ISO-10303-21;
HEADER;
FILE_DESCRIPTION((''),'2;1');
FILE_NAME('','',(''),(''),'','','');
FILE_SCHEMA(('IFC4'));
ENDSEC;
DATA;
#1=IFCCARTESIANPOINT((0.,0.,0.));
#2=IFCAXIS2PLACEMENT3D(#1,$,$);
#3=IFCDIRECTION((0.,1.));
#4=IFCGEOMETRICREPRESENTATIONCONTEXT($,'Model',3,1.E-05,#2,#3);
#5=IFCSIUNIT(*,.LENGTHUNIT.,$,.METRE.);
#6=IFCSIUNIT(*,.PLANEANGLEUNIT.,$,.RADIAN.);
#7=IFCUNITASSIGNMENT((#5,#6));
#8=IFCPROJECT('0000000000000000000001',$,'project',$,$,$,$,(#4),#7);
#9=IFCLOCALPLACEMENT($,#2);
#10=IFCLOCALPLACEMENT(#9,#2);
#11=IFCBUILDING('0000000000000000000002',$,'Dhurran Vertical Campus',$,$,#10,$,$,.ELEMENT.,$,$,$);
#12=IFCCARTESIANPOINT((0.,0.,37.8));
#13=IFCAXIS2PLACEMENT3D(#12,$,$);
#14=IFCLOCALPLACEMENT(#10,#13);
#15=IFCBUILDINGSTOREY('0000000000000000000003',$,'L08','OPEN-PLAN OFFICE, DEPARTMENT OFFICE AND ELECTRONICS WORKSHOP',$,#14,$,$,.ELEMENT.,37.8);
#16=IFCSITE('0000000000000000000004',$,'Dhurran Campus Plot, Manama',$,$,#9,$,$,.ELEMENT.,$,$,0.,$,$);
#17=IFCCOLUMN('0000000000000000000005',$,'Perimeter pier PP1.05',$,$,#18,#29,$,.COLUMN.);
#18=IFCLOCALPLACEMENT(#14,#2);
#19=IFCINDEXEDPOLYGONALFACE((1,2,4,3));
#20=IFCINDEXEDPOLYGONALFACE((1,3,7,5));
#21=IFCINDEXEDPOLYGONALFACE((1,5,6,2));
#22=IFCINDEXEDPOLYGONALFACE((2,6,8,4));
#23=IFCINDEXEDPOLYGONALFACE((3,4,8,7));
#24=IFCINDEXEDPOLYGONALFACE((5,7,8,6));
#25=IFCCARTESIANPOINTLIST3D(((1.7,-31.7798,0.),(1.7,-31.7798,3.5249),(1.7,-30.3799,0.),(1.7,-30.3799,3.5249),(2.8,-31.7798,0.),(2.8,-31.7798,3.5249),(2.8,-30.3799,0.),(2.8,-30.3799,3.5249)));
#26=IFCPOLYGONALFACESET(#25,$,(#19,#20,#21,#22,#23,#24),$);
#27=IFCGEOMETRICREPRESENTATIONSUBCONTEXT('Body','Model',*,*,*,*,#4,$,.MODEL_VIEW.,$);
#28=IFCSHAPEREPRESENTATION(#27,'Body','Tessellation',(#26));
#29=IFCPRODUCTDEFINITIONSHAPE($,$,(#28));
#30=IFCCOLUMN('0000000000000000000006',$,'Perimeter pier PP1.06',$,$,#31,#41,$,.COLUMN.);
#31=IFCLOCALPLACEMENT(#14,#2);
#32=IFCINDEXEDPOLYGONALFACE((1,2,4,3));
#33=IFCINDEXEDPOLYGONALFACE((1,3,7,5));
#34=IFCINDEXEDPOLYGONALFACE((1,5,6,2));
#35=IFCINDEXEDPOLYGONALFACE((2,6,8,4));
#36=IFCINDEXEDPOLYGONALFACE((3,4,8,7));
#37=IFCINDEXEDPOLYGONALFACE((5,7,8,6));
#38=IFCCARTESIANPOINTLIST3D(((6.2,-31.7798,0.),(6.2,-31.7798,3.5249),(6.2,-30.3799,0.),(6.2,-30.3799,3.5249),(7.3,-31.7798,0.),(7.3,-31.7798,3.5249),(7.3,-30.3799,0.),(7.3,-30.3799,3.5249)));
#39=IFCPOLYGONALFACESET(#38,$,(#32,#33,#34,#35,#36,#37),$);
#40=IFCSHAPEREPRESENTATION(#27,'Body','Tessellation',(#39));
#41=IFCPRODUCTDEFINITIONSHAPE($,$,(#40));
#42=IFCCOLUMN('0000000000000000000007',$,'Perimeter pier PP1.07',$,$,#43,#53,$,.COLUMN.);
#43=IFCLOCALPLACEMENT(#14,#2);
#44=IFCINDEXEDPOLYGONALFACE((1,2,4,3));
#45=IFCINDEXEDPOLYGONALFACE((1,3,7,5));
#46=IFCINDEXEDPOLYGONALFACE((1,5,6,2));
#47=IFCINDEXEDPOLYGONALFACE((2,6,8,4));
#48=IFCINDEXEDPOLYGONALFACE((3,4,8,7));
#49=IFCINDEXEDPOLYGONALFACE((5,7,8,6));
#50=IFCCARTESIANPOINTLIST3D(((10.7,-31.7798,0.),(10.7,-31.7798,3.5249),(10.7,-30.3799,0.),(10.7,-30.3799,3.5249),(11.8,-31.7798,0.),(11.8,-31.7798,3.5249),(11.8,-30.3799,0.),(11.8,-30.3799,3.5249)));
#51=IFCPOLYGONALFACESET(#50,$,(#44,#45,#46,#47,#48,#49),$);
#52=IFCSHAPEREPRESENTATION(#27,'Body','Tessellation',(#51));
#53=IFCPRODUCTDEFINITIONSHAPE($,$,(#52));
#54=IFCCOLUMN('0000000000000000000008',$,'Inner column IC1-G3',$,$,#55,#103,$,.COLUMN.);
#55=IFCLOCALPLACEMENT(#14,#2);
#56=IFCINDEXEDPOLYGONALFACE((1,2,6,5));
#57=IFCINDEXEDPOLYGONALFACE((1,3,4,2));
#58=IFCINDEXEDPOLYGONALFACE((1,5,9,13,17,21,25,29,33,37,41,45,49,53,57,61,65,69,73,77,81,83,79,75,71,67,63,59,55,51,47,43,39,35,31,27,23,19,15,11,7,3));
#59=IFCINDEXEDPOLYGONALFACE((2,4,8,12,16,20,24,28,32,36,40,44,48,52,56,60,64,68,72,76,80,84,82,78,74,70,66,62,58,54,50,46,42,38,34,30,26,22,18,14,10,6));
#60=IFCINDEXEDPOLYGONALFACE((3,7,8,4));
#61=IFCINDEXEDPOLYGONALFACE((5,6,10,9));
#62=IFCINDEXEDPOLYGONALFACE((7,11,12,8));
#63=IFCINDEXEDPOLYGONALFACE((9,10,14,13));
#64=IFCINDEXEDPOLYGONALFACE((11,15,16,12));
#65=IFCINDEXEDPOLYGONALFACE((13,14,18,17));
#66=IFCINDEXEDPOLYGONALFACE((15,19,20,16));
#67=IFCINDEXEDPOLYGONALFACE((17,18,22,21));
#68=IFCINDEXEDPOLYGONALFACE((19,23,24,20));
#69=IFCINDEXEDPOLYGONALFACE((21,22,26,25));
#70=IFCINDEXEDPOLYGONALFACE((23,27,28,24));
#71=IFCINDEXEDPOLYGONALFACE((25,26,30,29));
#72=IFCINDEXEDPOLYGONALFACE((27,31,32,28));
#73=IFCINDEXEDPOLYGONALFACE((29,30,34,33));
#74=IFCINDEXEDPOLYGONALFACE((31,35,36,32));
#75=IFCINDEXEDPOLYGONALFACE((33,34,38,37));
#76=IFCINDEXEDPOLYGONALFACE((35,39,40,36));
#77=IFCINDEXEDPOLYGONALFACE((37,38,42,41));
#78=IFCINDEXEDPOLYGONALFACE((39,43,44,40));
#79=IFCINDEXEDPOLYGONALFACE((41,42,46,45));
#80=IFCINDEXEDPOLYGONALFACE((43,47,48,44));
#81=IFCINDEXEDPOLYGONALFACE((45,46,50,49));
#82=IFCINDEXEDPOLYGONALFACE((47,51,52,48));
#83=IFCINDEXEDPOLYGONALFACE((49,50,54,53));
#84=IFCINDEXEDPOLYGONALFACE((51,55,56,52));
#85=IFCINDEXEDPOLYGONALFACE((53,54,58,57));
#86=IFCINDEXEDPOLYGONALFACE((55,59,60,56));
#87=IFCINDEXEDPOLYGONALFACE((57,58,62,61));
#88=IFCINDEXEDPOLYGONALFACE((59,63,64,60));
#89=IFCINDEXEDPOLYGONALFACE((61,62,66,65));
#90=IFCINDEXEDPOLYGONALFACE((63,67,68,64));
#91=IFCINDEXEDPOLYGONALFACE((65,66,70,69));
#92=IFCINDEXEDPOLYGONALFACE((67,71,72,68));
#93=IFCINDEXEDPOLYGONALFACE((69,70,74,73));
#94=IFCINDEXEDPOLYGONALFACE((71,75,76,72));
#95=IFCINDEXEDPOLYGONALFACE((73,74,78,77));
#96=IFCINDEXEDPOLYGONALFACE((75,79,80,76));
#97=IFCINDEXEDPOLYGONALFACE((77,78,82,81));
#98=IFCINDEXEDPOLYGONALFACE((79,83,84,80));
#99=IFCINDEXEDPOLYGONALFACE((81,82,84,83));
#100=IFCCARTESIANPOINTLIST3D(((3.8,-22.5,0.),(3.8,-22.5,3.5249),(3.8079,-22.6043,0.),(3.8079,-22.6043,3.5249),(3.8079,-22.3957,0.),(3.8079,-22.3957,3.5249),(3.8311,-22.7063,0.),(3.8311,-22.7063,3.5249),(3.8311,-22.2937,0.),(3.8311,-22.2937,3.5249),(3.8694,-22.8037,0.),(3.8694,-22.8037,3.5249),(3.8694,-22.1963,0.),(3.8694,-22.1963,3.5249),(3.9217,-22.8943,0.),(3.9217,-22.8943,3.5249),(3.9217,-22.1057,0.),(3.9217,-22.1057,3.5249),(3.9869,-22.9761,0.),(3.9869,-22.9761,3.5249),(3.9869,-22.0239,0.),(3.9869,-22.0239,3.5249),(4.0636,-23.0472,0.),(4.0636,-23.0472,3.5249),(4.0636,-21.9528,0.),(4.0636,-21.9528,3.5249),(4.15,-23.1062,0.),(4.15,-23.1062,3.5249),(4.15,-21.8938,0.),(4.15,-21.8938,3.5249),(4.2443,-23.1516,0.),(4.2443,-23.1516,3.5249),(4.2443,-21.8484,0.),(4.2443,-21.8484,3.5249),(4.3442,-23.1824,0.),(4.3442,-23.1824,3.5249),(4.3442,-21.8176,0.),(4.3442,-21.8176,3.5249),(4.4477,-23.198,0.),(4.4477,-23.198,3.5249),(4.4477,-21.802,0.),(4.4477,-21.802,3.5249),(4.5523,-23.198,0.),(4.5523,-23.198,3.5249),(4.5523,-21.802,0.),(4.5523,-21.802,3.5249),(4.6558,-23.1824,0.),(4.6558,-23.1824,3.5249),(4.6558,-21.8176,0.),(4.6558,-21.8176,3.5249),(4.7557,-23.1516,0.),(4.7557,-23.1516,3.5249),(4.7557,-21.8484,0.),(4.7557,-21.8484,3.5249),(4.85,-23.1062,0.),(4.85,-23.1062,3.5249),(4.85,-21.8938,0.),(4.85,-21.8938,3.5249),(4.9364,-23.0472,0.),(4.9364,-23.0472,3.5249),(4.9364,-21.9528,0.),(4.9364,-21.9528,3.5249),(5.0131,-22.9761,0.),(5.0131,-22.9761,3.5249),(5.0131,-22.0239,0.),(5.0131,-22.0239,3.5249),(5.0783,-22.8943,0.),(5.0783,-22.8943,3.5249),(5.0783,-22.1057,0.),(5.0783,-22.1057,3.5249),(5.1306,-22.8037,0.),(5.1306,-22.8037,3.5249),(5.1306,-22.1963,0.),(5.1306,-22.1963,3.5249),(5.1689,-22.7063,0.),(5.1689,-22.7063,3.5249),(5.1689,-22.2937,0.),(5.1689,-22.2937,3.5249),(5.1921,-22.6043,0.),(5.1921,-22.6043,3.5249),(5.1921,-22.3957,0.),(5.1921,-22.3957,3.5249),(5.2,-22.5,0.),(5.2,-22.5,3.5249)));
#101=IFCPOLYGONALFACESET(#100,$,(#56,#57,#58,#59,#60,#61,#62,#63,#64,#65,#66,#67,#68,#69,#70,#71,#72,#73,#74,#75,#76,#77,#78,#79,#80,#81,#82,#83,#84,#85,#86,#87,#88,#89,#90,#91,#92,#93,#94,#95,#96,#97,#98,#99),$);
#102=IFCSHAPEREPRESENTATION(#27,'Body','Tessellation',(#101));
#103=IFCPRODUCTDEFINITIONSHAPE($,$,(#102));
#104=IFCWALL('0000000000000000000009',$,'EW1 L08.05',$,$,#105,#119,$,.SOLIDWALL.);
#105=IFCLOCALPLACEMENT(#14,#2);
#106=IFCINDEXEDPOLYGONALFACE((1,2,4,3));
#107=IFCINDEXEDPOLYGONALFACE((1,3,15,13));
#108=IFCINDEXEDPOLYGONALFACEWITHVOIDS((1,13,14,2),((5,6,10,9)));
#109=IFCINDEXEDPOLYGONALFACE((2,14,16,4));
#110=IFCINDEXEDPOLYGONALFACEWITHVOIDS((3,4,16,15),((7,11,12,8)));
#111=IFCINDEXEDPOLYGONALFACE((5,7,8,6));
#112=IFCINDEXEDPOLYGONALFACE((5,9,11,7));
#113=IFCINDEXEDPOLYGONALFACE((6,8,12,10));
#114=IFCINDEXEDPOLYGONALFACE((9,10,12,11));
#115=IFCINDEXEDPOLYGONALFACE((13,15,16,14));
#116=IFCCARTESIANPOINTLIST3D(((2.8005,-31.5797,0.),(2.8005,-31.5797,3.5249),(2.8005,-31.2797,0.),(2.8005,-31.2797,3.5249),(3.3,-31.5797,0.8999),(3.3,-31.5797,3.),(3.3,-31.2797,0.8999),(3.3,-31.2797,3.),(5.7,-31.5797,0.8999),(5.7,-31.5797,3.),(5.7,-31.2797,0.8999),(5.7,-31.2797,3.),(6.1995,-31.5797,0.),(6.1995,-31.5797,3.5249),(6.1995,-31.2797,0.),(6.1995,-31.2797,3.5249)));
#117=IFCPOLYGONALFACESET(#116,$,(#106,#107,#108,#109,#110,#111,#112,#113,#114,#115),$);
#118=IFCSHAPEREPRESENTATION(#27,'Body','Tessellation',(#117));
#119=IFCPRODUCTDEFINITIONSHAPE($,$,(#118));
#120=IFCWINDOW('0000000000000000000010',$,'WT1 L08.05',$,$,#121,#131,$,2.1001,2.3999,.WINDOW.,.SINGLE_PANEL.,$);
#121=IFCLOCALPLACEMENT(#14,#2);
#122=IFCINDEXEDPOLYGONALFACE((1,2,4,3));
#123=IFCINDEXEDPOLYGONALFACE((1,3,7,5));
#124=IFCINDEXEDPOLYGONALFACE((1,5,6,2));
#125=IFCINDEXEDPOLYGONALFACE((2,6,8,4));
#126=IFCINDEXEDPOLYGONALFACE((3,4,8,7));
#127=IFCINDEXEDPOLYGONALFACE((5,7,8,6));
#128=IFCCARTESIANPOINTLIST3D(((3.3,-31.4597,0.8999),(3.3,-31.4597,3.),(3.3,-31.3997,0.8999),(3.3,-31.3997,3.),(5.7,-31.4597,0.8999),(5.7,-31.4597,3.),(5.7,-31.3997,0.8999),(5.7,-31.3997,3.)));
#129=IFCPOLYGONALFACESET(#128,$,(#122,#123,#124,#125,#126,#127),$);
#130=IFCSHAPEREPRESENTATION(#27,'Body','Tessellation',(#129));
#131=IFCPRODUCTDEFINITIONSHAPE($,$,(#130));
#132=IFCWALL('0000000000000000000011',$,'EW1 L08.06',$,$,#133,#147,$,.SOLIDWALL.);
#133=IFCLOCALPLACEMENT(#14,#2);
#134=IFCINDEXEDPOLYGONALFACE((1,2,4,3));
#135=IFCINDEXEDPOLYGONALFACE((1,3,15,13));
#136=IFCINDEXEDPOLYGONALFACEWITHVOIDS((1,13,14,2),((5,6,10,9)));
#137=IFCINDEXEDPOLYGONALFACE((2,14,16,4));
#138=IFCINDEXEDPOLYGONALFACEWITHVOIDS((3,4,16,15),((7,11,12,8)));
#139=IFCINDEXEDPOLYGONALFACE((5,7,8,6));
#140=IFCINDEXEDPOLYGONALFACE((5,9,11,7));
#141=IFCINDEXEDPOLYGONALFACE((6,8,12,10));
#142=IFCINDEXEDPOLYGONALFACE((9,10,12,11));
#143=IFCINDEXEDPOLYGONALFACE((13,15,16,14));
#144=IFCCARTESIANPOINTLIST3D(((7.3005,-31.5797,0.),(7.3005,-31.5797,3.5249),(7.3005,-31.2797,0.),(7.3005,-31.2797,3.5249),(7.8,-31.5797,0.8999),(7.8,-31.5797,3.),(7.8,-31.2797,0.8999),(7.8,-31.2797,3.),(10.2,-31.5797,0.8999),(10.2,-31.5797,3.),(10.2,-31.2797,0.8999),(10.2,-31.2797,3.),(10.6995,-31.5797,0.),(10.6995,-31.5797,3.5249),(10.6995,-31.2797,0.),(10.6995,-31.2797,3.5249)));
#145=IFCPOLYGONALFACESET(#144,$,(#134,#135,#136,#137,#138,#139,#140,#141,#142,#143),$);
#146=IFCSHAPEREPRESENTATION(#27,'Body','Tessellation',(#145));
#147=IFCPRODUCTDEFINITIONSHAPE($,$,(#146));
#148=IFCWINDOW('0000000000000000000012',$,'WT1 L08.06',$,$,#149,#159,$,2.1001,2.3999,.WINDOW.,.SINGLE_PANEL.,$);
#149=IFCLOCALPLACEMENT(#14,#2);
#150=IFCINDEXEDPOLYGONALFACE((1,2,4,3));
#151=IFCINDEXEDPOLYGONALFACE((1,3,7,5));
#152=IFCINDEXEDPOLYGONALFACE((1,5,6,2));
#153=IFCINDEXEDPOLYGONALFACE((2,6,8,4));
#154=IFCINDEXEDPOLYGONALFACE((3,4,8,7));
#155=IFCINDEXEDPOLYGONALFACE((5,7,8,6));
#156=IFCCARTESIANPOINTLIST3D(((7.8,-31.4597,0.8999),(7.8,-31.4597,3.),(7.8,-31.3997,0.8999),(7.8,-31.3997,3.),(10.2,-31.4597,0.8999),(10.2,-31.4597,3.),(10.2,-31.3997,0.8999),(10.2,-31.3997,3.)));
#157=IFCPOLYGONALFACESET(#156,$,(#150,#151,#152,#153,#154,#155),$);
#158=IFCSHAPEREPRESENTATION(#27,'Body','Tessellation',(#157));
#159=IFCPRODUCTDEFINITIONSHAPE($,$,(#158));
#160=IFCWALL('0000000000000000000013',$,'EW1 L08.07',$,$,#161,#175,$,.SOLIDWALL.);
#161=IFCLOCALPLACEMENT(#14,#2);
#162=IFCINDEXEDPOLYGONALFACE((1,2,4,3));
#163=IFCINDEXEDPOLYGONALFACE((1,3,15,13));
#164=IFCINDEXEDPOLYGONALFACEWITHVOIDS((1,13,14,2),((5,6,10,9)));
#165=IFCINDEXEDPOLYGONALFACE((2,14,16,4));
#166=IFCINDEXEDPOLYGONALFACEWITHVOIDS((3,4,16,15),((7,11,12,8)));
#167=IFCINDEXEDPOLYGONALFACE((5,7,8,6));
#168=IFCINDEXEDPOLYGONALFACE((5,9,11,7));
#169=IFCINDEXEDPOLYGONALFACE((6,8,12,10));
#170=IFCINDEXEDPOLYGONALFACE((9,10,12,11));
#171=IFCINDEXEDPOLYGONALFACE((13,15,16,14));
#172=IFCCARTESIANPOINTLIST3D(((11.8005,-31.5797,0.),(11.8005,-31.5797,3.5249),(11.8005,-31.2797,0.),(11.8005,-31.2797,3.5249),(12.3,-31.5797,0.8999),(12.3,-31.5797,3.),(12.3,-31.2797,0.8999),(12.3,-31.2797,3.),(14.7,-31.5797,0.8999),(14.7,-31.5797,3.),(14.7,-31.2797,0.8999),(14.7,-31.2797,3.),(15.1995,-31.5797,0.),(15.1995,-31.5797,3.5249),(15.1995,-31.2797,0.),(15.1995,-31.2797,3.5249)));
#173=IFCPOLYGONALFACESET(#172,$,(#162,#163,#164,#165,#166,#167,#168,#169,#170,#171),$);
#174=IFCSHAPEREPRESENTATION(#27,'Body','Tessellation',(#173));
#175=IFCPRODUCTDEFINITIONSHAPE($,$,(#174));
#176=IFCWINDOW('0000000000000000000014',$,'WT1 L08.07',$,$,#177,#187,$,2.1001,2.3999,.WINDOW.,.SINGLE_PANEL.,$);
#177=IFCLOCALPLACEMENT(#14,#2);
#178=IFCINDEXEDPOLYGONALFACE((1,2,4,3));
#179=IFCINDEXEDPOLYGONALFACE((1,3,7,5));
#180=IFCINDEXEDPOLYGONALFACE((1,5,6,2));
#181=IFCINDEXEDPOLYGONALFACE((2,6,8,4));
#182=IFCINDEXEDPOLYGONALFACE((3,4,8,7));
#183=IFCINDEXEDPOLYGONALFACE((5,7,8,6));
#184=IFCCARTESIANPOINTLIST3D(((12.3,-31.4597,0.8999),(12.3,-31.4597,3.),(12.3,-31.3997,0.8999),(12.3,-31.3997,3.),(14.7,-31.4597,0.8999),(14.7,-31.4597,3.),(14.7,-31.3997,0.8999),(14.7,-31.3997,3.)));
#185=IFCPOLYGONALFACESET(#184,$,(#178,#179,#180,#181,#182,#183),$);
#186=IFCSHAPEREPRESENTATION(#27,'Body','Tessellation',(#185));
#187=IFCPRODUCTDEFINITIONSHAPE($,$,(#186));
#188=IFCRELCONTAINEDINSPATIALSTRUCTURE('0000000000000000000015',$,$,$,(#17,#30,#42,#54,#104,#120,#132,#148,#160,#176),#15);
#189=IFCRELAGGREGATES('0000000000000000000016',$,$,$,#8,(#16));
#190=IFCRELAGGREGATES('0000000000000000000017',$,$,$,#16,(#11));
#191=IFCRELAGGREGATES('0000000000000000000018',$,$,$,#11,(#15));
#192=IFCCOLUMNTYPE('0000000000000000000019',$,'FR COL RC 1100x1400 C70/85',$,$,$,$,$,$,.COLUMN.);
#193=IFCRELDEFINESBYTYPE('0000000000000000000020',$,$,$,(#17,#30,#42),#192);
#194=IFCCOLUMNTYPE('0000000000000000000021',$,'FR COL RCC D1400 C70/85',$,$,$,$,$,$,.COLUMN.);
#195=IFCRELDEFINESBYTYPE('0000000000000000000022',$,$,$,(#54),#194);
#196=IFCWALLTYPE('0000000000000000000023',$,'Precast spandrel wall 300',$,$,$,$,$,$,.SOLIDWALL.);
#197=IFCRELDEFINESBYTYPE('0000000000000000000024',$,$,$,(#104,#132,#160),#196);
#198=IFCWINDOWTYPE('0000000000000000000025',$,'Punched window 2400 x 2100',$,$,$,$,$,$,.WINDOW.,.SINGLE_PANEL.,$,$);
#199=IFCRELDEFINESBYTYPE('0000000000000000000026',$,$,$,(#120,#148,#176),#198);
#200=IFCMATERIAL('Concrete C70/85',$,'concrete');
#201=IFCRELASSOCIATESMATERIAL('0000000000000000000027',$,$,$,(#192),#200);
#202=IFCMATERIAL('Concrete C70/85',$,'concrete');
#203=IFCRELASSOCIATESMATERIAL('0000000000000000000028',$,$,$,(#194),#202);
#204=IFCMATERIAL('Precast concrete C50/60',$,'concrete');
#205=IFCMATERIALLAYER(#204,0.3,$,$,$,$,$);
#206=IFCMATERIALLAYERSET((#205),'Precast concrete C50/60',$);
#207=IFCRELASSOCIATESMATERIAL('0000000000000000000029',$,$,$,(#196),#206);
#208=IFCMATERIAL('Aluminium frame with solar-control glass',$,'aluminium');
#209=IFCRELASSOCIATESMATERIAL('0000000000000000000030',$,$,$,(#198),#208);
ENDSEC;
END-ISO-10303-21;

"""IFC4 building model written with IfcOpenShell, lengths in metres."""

from ifc_helpers import new_model, si_unit, direction, frame, frame_2d, origin, origin_2d, place, context, subcontext, project, spatial, rectangle, circle, extrude, material, layer, layer_set, material_profile, profile_set, type_object, element, fill, save


model = new_model("IFC4")

# Units and contexts
model_context = context("Model", 3, precision=1e-05, world=origin(), true_north=direction((0.0, 1.0)))
body_context = subcontext(model_context, "Body", "Model", "MODEL_VIEW")
ifc_project = project(units=[si_unit("LENGTHUNIT", "METRE"), si_unit("PLANEANGLEUNIT", "RADIAN")], contexts=[model_context])

# Site, building, storey
site_placement = place(None, origin())
site = spatial("IfcSite", under=ifc_project, at=site_placement, Name="Dhurran Campus Plot, Manama", CompositionType="ELEMENT", RefElevation=0.0)
building_placement = place(site_placement, origin())
building = spatial("IfcBuilding", under=site, at=building_placement, Name="Dhurran Vertical Campus", CompositionType="ELEMENT")
storey_placement = place(building_placement, frame((0.0, 0.0, 37.8)))
storey = spatial("IfcBuildingStorey", under=building, at=storey_placement, Name="L08", Description="OPEN-PLAN OFFICE, DEPARTMENT OFFICE AND ELECTRONICS WORKSHOP", CompositionType="ELEMENT", Elevation=37.8)

# Columns
ifc_material_1 = material(Name="Concrete C70/85", Category="concrete")
ifc_material_profile_1 = material_profile(ifc_material_1, rectangle(XDim=1.1001, YDim=1.3999, at=origin_2d()), Name="RC 1100x1400")
ifc_profile_set_1 = profile_set([ifc_material_profile_1], Name="Concrete C70/85")
column_type_1 = type_object("IfcColumnType", Name="FR COL RC 1100x1400 C70/85", PredefinedType="COLUMN", material=ifc_profile_set_1)
for number, where, z_axis, x_axis, name in (
    (1, (2.25, -31.0798, 0.0), (0.0, 0.0, 1.0), (1.0, 0.0, 0.0), "Perimeter pier PP1.05"),
    (2, (6.75, -31.0798, 0.0), (0.0, 0.0, 1.0), (1.0, 0.0, 0.0), "Perimeter pier PP1.06"),
    (3, (11.25, -31.0798, 0.0), (0.0, 0.0, 1.0), (1.0, 0.0, 0.0), "Perimeter pier PP1.07"),
):
    element("IfcColumn", number, at=place(storey_placement, frame(where, z_axis=z_axis, x_axis=x_axis)), inside=storey, type_object=column_type_1, Name=name, PredefinedType="COLUMN", context=body_context, shape_type="SweptSolid", body=[
        extrude(rectangle(XDim=1.1001, YDim=1.3999, at=origin_2d()), origin(), (0.0, 0.0, 1.0), 3.5249),
    ])
ifc_material_2 = material(Name="Concrete C70/85", Category="concrete")
ifc_material_profile_2 = material_profile(ifc_material_2, circle(Radius=0.7, at=origin_2d()), Name="RCC D1400")
ifc_profile_set_2 = profile_set([ifc_material_profile_2], Name="Concrete C70/85")
column_type_2 = type_object("IfcColumnType", Name="FR COL RCC D1400 C70/85", PredefinedType="COLUMN", material=ifc_profile_set_2)
column_placement = place(storey_placement, frame((4.5, -22.5, 0.0), z_axis=(0.0, 0.0, 1.0), x_axis=(1.0, 0.0, 0.0)))
element("IfcColumn", 4, at=column_placement, inside=storey, type_object=column_type_2, Name="Inner column IC1-G3", PredefinedType="COLUMN", context=body_context, shape_type="SweptSolid", body=[
    extrude(circle(Radius=0.7, at=origin_2d()), origin(), (0.0, 0.0, 1.0), 3.5249),
])

# Walls, openings, windows
ifc_material_3 = material(Name="Precast concrete C50/60", Category="concrete")
ifc_layer_1 = layer(ifc_material_3, 0.3)
ifc_layer_set_1 = layer_set([ifc_layer_1], Name="Precast concrete C50/60")
wall_type_1 = type_object("IfcWallType", Name="Precast spandrel wall 300", PredefinedType="SOLIDWALL", material=ifc_layer_set_1)
wall_1_placement = place(storey_placement, frame((2.8005, -31.4297, 0.0), z_axis=(0.0, 0.0, 1.0), x_axis=(1.0, 0.0, 0.0)))
wall_1 = element("IfcWall", 5, at=wall_1_placement, inside=storey, type_object=wall_type_1, Name="EW1 L08.05", PredefinedType="SOLIDWALL", context=body_context, shape_type="SweptSolid", body=[
    extrude(rectangle(XDim=3.3989, YDim=0.3, at=frame_2d((1.6995, 0.0))), origin(), (0.0, 0.0, 1.0), 3.5249),
])
opening_1_placement = place(wall_1_placement, frame((0.4995, 0.0, 0.8999)))
opening_1 = element("IfcOpeningElement", 6, at=opening_1_placement, cuts=wall_1, PredefinedType="OPENING", context=body_context, shape_type="SweptSolid", body=[
    extrude(rectangle(XDim=2.3999, YDim=2.1001, at=frame_2d((1.2, 1.05))), frame((0.0, 0.1599, 0.0), z_axis=(0.0, -1.0, 0.0), x_axis=(1.0, 0.0, 0.0)), (0.0, 0.0, 1.0), 0.3201),
])
ifc_material_4 = material(Name="Aluminium frame with solar-control glass", Category="aluminium")
window_type = type_object("IfcWindowType", Name="Punched window 2400 x 2100", PartitioningType="SINGLE_PANEL", PredefinedType="WINDOW", material=ifc_material_4)
window_1_placement = place(opening_1_placement, origin())
window_1 = element("IfcWindow", 7, at=window_1_placement, inside=storey, type_object=window_type, Name="WT1 L08.05", OverallHeight=2.1001, OverallWidth=2.3999, PartitioningType="SINGLE_PANEL", PredefinedType="WINDOW", context=body_context, shape_type="SweptSolid", body=[
    extrude(rectangle(XDim=2.3999, YDim=2.1001, at=frame_2d((1.2, 1.05))), frame((0.0, 0.03, 0.0), z_axis=(0.0, -1.0, 0.0), x_axis=(1.0, 0.0, 0.0)), (0.0, 0.0, 1.0), 0.0601),
])
fill(opening_1, window_1)
wall_2_placement = place(storey_placement, frame((7.3005, -31.4297, 0.0), z_axis=(0.0, 0.0, 1.0), x_axis=(1.0, 0.0, 0.0)))
wall_2 = element("IfcWall", 8, at=wall_2_placement, inside=storey, type_object=wall_type_1, Name="EW1 L08.06", PredefinedType="SOLIDWALL", context=body_context, shape_type="SweptSolid", body=[
    extrude(rectangle(XDim=3.3989, YDim=0.3, at=frame_2d((1.6995, 0.0))), origin(), (0.0, 0.0, 1.0), 3.5249),
])
opening_2_placement = place(wall_2_placement, frame((0.4995, 0.0, 0.8999)))
opening_2 = element("IfcOpeningElement", 9, at=opening_2_placement, cuts=wall_2, PredefinedType="OPENING", context=body_context, shape_type="SweptSolid", body=[
    extrude(rectangle(XDim=2.3999, YDim=2.1001, at=frame_2d((1.2, 1.05))), frame((0.0, 0.1599, 0.0), z_axis=(0.0, -1.0, 0.0), x_axis=(1.0, 0.0, 0.0)), (0.0, 0.0, 1.0), 0.3201),
])
window_2_placement = place(opening_2_placement, origin())
window_2 = element("IfcWindow", 10, at=window_2_placement, inside=storey, type_object=window_type, Name="WT1 L08.06", OverallHeight=2.1001, OverallWidth=2.3999, PartitioningType="SINGLE_PANEL", PredefinedType="WINDOW", context=body_context, shape_type="SweptSolid", body=[
    extrude(rectangle(XDim=2.3999, YDim=2.1001, at=frame_2d((1.2, 1.05))), frame((0.0, 0.03, 0.0), z_axis=(0.0, -1.0, 0.0), x_axis=(1.0, 0.0, 0.0)), (0.0, 0.0, 1.0), 0.0601),
])
fill(opening_2, window_2)
wall_3_placement = place(storey_placement, frame((11.8005, -31.4297, 0.0), z_axis=(0.0, 0.0, 1.0), x_axis=(1.0, 0.0, 0.0)))
wall_3 = element("IfcWall", 11, at=wall_3_placement, inside=storey, type_object=wall_type_1, Name="EW1 L08.07", PredefinedType="SOLIDWALL", context=body_context, shape_type="SweptSolid", body=[
    extrude(rectangle(XDim=3.3989, YDim=0.3, at=frame_2d((1.6995, 0.0))), origin(), (0.0, 0.0, 1.0), 3.5249),
])
opening_3_placement = place(wall_3_placement, frame((0.4995, 0.0, 0.8999)))
opening_3 = element("IfcOpeningElement", 12, at=opening_3_placement, cuts=wall_3, PredefinedType="OPENING", context=body_context, shape_type="SweptSolid", body=[
    extrude(rectangle(XDim=2.3999, YDim=2.1001, at=frame_2d((1.2, 1.05))), frame((0.0, 0.1599, 0.0), z_axis=(0.0, -1.0, 0.0), x_axis=(1.0, 0.0, 0.0)), (0.0, 0.0, 1.0), 0.3201),
])
window_3_placement = place(opening_3_placement, origin())
window_3 = element("IfcWindow", 13, at=window_3_placement, inside=storey, type_object=window_type, Name="WT1 L08.07", OverallHeight=2.1001, OverallWidth=2.3999, PartitioningType="SINGLE_PANEL", PredefinedType="WINDOW", context=body_context, shape_type="SweptSolid", body=[
    extrude(rectangle(XDim=2.3999, YDim=2.1001, at=frame_2d((1.2, 1.05))), frame((0.0, 0.03, 0.0), z_axis=(0.0, -1.0, 0.0), x_axis=(1.0, 0.0, 0.0)), (0.0, 0.0, 1.0), 0.0601),
])
fill(opening_3, window_3)

save(model, "model.ifc")
